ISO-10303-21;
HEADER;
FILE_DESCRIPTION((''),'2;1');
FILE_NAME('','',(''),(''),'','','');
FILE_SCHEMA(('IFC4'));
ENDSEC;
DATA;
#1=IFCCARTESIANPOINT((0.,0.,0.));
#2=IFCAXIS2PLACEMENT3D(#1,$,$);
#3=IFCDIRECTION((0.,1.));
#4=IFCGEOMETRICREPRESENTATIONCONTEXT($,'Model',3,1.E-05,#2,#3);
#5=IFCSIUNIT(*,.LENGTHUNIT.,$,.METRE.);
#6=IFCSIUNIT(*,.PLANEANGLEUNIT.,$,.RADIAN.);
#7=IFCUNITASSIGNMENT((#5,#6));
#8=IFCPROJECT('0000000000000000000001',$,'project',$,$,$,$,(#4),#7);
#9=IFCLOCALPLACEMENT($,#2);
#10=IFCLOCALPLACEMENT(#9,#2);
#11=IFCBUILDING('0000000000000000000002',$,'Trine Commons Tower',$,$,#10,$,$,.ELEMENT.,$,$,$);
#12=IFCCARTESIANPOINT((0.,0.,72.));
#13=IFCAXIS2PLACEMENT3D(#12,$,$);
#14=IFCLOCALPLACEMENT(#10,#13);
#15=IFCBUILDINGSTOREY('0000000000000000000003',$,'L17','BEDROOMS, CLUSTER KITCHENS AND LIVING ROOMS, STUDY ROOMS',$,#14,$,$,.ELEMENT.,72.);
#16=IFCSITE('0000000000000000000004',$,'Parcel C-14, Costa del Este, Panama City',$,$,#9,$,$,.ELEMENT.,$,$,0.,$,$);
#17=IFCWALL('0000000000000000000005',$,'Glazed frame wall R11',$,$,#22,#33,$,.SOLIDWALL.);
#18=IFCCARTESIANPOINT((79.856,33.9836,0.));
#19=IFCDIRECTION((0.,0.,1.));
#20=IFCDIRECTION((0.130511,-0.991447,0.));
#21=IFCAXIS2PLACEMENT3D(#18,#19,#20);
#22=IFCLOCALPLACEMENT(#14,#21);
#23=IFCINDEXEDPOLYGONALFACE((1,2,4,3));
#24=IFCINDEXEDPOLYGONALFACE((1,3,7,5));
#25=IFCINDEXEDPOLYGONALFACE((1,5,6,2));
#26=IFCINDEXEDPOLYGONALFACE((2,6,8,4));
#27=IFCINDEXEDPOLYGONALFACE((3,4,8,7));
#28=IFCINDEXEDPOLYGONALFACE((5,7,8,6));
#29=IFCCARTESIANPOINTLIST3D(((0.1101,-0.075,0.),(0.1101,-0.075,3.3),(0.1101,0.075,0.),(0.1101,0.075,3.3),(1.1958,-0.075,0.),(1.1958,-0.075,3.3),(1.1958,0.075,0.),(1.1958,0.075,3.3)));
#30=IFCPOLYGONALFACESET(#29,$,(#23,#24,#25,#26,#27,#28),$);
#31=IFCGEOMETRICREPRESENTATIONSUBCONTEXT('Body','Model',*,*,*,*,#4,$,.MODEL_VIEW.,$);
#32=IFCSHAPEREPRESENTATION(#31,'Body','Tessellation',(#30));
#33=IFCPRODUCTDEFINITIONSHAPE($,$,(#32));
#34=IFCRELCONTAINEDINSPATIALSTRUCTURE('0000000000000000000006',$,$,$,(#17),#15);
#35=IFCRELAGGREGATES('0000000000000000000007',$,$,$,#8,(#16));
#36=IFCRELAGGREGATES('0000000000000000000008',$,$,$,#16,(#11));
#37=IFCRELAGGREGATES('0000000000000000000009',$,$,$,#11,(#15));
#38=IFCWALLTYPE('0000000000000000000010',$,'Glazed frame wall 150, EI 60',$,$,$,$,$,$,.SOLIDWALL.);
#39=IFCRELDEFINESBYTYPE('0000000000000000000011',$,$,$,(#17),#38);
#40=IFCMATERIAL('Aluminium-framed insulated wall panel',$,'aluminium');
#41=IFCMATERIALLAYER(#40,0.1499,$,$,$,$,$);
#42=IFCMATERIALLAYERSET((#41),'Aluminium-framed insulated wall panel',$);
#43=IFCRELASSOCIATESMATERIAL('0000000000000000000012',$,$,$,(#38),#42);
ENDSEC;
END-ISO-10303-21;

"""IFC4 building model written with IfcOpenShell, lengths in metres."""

from ifc_helpers import new_model, si_unit, direction, frame, origin, place, context, subcontext, project, spatial, polyline, outline, extrude, material, layer, layer_set, type_object, element, save


model = new_model("IFC4")

# Units and contexts
model_context = context("Model", 3, precision=1e-05, world=origin(), true_north=direction((0.0, 1.0)))
body_context = subcontext(model_context, "Body", "Model", "MODEL_VIEW")
ifc_project = project(units=[si_unit("LENGTHUNIT", "METRE"), si_unit("PLANEANGLEUNIT", "RADIAN")], contexts=[model_context])

# Site, building, storey
site_placement = place(None, origin())
site = spatial("IfcSite", under=ifc_project, at=site_placement, Name="Parcel C-14, Costa del Este, Panama City", CompositionType="ELEMENT", RefElevation=0.0)
building_placement = place(site_placement, origin())
building = spatial("IfcBuilding", under=site, at=building_placement, Name="Trine Commons Tower", CompositionType="ELEMENT")
storey_placement = place(building_placement, frame((0.0, 0.0, 72.0)))
storey = spatial("IfcBuildingStorey", under=building, at=storey_placement, Name="L17", Description="BEDROOMS, CLUSTER KITCHENS AND LIVING ROOMS, STUDY ROOMS", CompositionType="ELEMENT", Elevation=72.0)

# Shared definitions
ifc_material_1 = material(Name="Aluminium-framed insulated wall panel", Category="aluminium")
ifc_layer_1 = layer(ifc_material_1, 0.1499)
ifc_layer_set_1 = layer_set([ifc_layer_1], Name="Aluminium-framed insulated wall panel")
wall_type_1 = type_object("IfcWallType", Name="Glazed frame wall 150, EI 60", PredefinedType="SOLIDWALL", material=ifc_layer_set_1)

# Wall
wall_1_placement = place(storey_placement, frame((79.856, 33.9836, 0.0), z_axis=(0.0, 0.0, 1.0), x_axis=(0.130511, -0.991447, 0.0)))
element("IfcWall", 1, at=wall_1_placement, inside=storey, type_object=wall_type_1, Name="Glazed frame wall R11", PredefinedType="SOLIDWALL", context=body_context, shape_type="SweptSolid", body=[
    extrude(outline(polyline([(0.1101, 0.075), (0.1101, -0.075), (1.1958, -0.075), (1.1958, 0.075), (0.1101, 0.075)])), origin(), (0.0, 0.0, 1.0), 3.3),
])

save(model, "model.ifc")
